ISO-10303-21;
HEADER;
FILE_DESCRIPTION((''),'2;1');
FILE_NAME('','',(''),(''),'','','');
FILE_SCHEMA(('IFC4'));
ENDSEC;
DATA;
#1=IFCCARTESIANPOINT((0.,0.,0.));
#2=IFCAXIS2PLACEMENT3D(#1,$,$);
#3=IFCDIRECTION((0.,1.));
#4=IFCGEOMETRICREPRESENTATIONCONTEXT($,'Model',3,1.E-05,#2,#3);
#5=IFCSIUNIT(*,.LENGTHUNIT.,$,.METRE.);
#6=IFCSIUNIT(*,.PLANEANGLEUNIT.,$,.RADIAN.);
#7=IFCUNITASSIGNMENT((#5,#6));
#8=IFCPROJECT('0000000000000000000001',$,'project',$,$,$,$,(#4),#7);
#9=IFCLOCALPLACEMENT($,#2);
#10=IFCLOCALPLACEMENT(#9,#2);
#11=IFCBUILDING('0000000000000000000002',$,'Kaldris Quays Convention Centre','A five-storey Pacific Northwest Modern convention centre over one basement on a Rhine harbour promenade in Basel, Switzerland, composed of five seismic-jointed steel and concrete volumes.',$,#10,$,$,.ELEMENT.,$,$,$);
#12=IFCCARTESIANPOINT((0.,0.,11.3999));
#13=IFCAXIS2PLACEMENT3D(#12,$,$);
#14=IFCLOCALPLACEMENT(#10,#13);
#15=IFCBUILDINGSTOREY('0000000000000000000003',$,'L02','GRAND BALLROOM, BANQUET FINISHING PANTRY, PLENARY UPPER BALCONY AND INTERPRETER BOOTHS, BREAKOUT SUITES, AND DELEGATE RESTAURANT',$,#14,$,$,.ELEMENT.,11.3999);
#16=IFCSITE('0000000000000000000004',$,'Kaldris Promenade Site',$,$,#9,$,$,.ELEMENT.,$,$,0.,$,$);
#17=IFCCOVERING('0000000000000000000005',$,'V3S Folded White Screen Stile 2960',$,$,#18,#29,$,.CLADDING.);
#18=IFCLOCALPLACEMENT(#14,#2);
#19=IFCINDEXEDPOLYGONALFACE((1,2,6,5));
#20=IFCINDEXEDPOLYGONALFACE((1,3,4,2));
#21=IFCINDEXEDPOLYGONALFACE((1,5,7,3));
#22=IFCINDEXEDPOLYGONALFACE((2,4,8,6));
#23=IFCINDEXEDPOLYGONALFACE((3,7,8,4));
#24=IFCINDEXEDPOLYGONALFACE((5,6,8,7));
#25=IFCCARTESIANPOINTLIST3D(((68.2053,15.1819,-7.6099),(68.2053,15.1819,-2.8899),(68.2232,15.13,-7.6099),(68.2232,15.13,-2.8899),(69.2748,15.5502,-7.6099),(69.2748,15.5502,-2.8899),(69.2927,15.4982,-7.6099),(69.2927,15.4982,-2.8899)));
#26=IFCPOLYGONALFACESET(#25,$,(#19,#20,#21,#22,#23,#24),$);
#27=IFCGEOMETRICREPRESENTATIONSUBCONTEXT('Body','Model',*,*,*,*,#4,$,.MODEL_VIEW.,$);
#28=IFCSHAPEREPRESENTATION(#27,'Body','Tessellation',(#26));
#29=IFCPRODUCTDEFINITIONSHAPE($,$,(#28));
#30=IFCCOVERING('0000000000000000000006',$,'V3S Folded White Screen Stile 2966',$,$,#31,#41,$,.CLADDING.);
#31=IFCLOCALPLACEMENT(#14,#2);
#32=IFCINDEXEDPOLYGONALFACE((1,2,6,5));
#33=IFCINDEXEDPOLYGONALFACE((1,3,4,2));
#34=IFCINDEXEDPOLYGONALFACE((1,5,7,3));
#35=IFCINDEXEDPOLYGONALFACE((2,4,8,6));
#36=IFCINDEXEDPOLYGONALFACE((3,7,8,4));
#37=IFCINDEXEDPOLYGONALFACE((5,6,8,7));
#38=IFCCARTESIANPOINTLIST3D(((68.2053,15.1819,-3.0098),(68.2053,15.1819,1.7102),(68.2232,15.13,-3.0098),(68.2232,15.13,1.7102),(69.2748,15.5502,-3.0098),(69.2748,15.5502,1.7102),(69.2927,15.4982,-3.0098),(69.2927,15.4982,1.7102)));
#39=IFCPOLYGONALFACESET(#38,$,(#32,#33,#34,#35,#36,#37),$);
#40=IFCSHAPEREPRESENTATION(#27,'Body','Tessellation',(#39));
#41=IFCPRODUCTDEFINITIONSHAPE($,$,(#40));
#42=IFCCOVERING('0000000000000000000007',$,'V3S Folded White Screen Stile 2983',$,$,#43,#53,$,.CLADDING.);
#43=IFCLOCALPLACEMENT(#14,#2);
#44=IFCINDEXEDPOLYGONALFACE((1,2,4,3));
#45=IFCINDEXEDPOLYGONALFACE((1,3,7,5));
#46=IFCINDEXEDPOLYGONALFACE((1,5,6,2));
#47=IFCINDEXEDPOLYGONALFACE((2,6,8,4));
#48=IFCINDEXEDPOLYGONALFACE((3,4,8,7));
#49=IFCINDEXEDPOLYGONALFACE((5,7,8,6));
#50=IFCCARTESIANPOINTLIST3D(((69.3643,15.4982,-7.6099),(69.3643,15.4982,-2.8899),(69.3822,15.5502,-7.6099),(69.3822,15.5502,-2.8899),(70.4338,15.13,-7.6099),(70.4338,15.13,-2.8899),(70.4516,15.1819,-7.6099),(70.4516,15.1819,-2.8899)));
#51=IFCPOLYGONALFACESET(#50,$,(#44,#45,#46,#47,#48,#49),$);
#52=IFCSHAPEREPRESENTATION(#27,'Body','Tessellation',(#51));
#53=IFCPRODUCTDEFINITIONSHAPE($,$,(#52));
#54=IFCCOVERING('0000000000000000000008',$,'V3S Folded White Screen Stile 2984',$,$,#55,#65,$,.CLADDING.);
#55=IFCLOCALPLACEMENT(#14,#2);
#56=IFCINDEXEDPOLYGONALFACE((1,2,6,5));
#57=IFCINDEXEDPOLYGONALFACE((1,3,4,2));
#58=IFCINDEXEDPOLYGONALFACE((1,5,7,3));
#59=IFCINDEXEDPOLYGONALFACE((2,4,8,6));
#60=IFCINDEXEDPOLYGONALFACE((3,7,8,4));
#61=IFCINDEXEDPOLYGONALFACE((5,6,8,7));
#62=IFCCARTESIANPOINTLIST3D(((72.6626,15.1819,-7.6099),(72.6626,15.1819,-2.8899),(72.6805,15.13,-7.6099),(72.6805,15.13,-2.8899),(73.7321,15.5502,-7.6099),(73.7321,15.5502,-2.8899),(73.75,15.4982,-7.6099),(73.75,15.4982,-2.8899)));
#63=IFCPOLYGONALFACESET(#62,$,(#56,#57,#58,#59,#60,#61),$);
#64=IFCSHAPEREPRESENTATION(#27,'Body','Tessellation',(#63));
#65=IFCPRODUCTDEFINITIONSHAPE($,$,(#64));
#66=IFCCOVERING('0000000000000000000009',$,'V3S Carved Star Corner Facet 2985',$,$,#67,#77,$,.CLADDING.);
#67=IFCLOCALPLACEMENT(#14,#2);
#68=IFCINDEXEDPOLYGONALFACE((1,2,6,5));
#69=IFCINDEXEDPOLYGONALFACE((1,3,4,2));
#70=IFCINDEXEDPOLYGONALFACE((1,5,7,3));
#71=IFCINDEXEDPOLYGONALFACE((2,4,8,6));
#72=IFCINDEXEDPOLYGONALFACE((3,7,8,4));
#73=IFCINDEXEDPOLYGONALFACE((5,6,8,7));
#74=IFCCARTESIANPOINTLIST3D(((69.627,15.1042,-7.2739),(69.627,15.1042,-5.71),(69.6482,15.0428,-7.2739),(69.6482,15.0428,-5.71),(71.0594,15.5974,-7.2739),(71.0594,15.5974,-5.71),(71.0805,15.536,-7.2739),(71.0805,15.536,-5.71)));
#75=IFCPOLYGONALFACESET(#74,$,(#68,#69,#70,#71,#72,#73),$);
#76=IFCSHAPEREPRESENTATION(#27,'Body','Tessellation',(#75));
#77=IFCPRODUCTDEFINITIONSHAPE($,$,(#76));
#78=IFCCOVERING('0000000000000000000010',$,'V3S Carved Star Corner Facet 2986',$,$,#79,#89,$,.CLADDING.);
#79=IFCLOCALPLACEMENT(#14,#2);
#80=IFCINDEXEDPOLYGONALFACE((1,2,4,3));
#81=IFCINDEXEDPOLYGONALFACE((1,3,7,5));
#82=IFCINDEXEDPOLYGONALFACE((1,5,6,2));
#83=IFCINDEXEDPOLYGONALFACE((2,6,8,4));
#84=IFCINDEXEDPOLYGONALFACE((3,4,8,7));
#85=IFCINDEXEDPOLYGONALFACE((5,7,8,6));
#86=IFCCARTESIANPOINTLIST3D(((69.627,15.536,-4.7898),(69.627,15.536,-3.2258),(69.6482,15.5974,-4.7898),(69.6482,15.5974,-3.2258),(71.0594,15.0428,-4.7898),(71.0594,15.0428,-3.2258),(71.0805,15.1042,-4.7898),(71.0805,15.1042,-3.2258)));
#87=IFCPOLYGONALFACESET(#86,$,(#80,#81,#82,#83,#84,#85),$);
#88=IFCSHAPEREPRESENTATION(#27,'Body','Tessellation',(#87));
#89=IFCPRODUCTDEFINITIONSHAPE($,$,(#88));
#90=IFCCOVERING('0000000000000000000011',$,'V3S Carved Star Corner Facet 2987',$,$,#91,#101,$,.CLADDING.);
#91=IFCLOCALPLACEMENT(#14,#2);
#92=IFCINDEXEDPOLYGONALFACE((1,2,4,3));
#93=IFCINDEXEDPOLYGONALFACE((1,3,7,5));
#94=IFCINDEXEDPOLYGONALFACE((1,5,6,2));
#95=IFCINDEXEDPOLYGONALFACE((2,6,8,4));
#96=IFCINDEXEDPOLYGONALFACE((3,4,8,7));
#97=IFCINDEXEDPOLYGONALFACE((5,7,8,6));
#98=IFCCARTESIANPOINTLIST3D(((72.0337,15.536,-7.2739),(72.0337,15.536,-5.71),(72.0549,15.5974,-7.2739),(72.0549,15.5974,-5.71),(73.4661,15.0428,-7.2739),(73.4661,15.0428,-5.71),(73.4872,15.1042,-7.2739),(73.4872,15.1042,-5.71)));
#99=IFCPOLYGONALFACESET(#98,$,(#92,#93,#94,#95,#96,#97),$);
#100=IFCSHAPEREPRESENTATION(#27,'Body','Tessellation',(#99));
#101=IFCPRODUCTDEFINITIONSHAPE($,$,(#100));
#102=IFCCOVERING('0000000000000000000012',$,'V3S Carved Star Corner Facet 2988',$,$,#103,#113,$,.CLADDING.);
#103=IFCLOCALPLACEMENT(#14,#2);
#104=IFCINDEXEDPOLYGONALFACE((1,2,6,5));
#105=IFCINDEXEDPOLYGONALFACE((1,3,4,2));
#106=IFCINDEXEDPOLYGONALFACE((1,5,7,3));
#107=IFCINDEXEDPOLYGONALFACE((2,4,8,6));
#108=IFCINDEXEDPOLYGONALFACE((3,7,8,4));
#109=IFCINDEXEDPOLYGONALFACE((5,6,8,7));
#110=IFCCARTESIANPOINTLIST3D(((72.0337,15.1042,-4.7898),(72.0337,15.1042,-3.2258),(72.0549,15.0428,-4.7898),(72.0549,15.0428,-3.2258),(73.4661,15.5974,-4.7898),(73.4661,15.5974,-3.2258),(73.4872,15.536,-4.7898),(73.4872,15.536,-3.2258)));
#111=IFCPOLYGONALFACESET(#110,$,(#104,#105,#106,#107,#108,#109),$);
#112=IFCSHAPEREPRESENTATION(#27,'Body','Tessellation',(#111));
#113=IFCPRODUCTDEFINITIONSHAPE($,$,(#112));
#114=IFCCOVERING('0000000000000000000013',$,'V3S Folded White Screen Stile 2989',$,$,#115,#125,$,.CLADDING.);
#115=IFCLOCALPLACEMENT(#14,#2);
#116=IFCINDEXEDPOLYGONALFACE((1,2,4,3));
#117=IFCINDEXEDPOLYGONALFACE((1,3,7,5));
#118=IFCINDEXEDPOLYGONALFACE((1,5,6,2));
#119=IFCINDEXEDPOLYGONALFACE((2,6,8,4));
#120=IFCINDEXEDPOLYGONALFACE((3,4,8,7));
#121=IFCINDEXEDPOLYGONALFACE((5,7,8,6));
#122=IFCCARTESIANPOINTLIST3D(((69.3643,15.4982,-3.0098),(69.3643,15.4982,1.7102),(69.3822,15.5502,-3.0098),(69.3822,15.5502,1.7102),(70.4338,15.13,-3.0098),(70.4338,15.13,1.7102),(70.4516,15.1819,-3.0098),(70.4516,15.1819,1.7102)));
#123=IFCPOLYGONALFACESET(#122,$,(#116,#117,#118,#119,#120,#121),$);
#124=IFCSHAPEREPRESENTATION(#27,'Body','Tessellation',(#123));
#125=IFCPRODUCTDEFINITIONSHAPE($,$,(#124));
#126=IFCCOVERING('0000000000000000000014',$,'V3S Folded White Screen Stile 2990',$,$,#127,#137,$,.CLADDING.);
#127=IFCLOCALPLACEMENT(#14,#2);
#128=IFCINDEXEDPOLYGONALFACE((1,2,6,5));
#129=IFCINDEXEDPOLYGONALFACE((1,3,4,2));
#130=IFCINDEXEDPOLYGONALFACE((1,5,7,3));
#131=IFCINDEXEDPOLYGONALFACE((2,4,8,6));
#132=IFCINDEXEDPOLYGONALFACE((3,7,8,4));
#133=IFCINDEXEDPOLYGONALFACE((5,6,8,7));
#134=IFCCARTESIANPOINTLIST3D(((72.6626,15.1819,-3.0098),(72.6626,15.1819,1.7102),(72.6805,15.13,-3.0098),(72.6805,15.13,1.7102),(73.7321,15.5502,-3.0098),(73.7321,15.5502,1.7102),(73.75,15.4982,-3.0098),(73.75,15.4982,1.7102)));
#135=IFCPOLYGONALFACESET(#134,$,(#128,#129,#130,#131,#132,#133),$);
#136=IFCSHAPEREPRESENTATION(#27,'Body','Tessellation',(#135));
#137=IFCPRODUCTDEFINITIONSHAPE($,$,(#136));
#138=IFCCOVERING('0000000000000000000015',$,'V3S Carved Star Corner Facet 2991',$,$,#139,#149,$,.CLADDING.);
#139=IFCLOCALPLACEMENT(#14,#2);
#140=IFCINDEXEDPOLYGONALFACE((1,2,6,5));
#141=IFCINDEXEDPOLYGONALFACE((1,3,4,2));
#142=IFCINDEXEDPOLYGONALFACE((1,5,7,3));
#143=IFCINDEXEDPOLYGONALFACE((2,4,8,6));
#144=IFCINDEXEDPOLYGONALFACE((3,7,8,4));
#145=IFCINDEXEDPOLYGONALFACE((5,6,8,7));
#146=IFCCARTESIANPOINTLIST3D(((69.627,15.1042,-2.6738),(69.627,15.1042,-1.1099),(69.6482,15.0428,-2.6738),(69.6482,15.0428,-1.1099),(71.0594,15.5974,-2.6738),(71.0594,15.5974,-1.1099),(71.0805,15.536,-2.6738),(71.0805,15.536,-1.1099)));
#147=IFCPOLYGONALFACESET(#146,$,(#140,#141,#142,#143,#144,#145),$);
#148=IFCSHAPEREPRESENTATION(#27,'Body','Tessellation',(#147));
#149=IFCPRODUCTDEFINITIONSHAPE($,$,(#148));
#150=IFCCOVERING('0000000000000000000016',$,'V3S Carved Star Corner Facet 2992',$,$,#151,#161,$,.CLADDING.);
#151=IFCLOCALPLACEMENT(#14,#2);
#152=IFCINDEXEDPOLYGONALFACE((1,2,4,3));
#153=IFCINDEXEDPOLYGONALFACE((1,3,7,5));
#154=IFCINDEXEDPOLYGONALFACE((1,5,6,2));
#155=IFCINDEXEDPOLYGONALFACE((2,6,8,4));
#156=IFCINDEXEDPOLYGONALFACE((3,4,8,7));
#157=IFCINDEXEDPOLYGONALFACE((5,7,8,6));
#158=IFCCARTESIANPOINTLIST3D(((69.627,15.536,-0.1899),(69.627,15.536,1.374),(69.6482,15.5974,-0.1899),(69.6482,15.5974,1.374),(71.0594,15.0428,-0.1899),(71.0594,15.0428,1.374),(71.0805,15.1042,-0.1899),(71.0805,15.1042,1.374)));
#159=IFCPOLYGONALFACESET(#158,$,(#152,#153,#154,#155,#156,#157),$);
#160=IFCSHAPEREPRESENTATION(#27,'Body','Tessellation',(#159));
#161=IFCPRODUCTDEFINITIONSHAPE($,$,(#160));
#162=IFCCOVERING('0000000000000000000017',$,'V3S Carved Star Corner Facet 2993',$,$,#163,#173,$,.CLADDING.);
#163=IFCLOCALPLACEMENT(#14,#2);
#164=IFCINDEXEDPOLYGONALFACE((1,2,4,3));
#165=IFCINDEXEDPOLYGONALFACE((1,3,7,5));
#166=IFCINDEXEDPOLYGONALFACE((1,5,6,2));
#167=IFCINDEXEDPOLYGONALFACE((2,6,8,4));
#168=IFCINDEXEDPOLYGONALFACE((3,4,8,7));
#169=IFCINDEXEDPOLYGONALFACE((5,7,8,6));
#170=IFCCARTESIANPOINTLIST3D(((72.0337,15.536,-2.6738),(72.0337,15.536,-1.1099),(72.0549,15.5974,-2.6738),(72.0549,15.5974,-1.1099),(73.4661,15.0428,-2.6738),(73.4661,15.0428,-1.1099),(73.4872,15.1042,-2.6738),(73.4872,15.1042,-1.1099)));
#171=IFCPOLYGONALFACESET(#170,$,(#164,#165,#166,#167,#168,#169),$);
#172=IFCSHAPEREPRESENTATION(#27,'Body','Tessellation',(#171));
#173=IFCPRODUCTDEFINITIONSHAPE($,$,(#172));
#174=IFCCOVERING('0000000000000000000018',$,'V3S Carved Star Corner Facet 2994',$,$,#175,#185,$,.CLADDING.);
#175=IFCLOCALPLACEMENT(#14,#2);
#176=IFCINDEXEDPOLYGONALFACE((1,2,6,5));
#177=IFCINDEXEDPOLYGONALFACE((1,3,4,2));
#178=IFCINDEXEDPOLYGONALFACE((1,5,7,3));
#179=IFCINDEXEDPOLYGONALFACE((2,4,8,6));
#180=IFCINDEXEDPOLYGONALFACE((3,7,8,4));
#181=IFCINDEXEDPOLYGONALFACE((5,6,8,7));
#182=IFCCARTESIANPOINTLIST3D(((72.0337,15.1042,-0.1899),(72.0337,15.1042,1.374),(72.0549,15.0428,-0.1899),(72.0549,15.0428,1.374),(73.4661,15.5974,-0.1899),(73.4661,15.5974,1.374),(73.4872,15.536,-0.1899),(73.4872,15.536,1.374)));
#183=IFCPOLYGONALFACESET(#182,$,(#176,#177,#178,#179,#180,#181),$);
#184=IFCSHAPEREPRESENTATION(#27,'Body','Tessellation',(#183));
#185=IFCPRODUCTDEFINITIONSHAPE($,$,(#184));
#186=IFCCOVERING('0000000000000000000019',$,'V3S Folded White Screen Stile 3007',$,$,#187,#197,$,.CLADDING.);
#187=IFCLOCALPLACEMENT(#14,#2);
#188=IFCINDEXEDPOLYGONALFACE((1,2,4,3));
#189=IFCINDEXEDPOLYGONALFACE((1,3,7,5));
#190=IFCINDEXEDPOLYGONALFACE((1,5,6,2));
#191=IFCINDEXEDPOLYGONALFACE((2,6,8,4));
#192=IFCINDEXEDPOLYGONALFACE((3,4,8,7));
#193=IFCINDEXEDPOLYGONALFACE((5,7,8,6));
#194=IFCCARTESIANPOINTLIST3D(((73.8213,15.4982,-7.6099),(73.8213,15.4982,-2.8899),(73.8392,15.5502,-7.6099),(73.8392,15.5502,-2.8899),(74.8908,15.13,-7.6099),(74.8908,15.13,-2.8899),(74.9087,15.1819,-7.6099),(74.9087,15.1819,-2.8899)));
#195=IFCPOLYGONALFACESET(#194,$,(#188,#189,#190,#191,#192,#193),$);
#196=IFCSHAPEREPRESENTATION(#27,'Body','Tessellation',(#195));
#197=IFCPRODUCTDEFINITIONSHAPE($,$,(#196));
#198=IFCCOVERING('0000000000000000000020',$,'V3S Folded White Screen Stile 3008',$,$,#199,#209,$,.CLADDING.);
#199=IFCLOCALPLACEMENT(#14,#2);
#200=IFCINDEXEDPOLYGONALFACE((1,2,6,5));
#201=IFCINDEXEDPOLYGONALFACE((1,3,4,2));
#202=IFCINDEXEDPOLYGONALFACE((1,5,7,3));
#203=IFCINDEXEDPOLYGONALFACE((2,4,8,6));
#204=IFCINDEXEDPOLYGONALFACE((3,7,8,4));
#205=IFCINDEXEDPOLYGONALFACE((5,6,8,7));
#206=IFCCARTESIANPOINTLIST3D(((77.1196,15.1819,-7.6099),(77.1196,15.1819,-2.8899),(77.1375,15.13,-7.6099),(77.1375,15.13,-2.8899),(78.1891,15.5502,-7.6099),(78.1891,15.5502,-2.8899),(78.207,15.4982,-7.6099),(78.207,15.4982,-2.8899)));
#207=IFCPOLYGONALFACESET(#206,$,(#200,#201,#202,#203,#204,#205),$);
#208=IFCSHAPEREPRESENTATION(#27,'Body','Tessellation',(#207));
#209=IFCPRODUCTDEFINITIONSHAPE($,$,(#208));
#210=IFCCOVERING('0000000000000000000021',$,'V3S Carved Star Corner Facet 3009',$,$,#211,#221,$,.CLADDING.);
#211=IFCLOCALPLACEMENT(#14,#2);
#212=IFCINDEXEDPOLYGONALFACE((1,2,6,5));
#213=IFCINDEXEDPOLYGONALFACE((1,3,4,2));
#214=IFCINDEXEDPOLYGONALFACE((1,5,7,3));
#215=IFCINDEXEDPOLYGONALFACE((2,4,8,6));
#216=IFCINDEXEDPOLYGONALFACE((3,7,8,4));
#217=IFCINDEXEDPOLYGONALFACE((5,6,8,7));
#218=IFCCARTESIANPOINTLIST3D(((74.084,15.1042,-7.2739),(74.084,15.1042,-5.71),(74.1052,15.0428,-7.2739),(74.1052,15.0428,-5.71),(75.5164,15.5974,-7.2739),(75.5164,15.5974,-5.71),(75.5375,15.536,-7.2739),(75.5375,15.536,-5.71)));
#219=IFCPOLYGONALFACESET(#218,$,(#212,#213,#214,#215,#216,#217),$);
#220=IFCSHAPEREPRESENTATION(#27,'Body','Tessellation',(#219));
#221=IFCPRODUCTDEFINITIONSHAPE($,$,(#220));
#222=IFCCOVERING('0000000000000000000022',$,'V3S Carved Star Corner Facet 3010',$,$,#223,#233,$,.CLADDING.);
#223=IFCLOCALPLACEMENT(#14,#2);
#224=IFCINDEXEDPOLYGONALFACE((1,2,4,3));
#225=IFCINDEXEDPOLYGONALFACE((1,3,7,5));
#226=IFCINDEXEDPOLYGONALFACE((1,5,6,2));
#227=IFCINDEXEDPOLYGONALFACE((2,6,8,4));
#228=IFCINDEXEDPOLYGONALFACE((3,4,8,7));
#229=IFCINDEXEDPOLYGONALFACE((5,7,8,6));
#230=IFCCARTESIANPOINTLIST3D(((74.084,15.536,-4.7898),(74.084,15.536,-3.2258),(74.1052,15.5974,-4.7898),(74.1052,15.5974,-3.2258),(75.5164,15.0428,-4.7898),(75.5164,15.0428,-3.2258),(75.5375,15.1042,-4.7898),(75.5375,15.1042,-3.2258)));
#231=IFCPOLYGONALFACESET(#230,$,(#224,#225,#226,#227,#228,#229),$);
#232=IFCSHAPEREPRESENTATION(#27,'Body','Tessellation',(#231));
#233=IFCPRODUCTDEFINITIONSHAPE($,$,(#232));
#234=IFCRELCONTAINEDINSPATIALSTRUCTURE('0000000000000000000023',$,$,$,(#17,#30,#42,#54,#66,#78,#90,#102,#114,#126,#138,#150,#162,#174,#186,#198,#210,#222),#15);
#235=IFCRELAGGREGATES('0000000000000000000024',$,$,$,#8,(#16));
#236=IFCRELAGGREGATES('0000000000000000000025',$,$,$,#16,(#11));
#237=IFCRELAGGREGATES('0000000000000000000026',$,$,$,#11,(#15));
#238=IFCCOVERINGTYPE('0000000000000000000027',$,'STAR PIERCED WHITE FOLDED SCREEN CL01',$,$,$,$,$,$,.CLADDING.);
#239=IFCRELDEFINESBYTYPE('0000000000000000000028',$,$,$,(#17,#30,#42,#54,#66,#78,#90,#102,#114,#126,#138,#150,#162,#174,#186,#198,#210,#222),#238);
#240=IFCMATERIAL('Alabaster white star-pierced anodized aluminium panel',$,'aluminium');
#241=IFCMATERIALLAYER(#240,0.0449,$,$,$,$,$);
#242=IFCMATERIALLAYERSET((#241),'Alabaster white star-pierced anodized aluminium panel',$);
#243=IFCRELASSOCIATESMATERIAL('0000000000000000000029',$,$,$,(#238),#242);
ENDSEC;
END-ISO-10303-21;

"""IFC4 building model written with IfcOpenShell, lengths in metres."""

from ifc_helpers import new_model, si_unit, direction, frame, origin, origin_2d, place, context, subcontext, project, spatial, rectangle, extrude, material, layer, layer_set, type_object, element, save


model = new_model("IFC4")

# Units and contexts
model_context = context("Model", 3, precision=1e-05, world=origin(), true_north=direction((0.0, 1.0)))
body_context = subcontext(model_context, "Body", "Model", "MODEL_VIEW")
ifc_project = project(units=[si_unit("LENGTHUNIT", "METRE"), si_unit("PLANEANGLEUNIT", "RADIAN")], contexts=[model_context])

# Site, building, storey
site_placement = place(None, origin())
site = spatial("IfcSite", under=ifc_project, at=site_placement, Name="Kaldris Promenade Site", CompositionType="ELEMENT", RefElevation=0.0)
building_placement = place(site_placement, origin())
building = spatial("IfcBuilding", under=site, at=building_placement, Name="Kaldris Quays Convention Centre", Description="A five-storey Pacific Northwest Modern convention centre over one basement on a Rhine harbour promenade in Basel, Switzerland, composed of five seismic-jointed steel and concrete volumes.", CompositionType="ELEMENT")
storey_placement = place(building_placement, frame((0.0, 0.0, 11.3999)))
storey = spatial("IfcBuildingStorey", under=building, at=storey_placement, Name="L02", Description="GRAND BALLROOM, BANQUET FINISHING PANTRY, PLENARY UPPER BALCONY AND INTERPRETER BOOTHS, BREAKOUT SUITES, AND DELEGATE RESTAURANT", CompositionType="ELEMENT", Elevation=11.3999)

# Coverings
ifc_material = material(Name="Alabaster white star-pierced anodized aluminium panel", Category="aluminium")
ifc_layer = layer(ifc_material, 0.0449)
ifc_layer_set = layer_set([ifc_layer], Name="Alabaster white star-pierced anodized aluminium panel")
covering_type = type_object("IfcCoveringType", Name="STAR PIERCED WHITE FOLDED SCREEN CL01", PredefinedType="CLADDING", material=ifc_layer_set)
for number, where, z_axis, x_axis, name in (
    (1, (68.749, 15.3401, -7.6099), (0.0, 0.0, 1.0), (0.945519, 0.325568, 0.0), "V3S Folded White Screen Stile 2960"),
    (2, (68.749, 15.3401, -3.0098), (0.0, 0.0, 1.0), (0.945519, 0.325568, 0.0), "V3S Folded White Screen Stile 2966"),
    (3, (69.908, 15.3401, -7.6099), (0.0, 0.0, 1.0), (0.945519, -0.325568, 0.0), "V3S Folded White Screen Stile 2983"),
    (4, (73.2063, 15.3401, -7.6099), (0.0, 0.0, 1.0), (0.945519, 0.325568, 0.0), "V3S Folded White Screen Stile 2984"),
):
    element("IfcCovering", number, at=place(storey_placement, frame(where, z_axis=z_axis, x_axis=x_axis)), inside=storey, type_object=covering_type, Name=name, PredefinedType="CLADDING", context=body_context, shape_type="SweptSolid", body=[
        extrude(rectangle(XDim=1.1311, YDim=0.0549, at=origin_2d()), origin(), (0.0, 0.0, 1.0), 4.72),
    ])
for number, where, z_axis, x_axis, name in (
    (5, (70.3538, 15.3201, -7.2739), (0.0, 0.0, 1.0), (0.945519, 0.325568, 0.0), "V3S Carved Star Corner Facet 2985"),
    (6, (70.3538, 15.3201, -4.7898), (0.0, 0.0, 1.0), (0.945519, -0.325568, 0.0), "V3S Carved Star Corner Facet 2986"),
    (7, (72.7605, 15.3201, -7.2739), (0.0, 0.0, 1.0), (0.945519, -0.325568, 0.0), "V3S Carved Star Corner Facet 2987"),
    (8, (72.7605, 15.3201, -4.7898), (0.0, 0.0, 1.0), (0.945519, 0.325568, 0.0), "V3S Carved Star Corner Facet 2988"),
):
    element("IfcCovering", number, at=place(storey_placement, frame(where, z_axis=z_axis, x_axis=x_axis)), inside=storey, type_object=covering_type, Name=name, PredefinedType="CLADDING", context=body_context, shape_type="SweptSolid", body=[
        extrude(rectangle(XDim=1.5149, YDim=0.0649, at=origin_2d()), origin(), (0.0, 0.0, 1.0), 1.564),
    ])
for number, where, z_axis, x_axis, name in (
    (9, (69.908, 15.3401, -3.0098), (0.0, 0.0, 1.0), (0.945519, -0.325568, 0.0), "V3S Folded White Screen Stile 2989"),
    (10, (73.2063, 15.3401, -3.0098), (0.0, 0.0, 1.0), (0.945519, 0.325568, 0.0), "V3S Folded White Screen Stile 2990"),
):
    element("IfcCovering", number, at=place(storey_placement, frame(where, z_axis=z_axis, x_axis=x_axis)), inside=storey, type_object=covering_type, Name=name, PredefinedType="CLADDING", context=body_context, shape_type="SweptSolid", body=[
        extrude(rectangle(XDim=1.1311, YDim=0.0549, at=origin_2d()), origin(), (0.0, 0.0, 1.0), 4.72),
    ])
for number, where, z_axis, x_axis, name in (
    (11, (70.3538, 15.3201, -2.6738), (0.0, 0.0, 1.0), (0.945519, 0.325568, 0.0), "V3S Carved Star Corner Facet 2991"),
    (12, (70.3538, 15.3201, -0.1899), (0.0, 0.0, 1.0), (0.945519, -0.325568, 0.0), "V3S Carved Star Corner Facet 2992"),
    (13, (72.7605, 15.3201, -2.6738), (0.0, 0.0, 1.0), (0.945519, -0.325568, 0.0), "V3S Carved Star Corner Facet 2993"),
    (14, (72.7605, 15.3201, -0.1899), (0.0, 0.0, 1.0), (0.945519, 0.325568, 0.0), "V3S Carved Star Corner Facet 2994"),
):
    element("IfcCovering", number, at=place(storey_placement, frame(where, z_axis=z_axis, x_axis=x_axis)), inside=storey, type_object=covering_type, Name=name, PredefinedType="CLADDING", context=body_context, shape_type="SweptSolid", body=[
        extrude(rectangle(XDim=1.5149, YDim=0.0649, at=origin_2d()), origin(), (0.0, 0.0, 1.0), 1.564),
    ])
for number, where, z_axis, x_axis, name in (
    (15, (74.365, 15.3401, -7.6099), (0.0, 0.0, 1.0), (0.945519, -0.325568, 0.0), "V3S Folded White Screen Stile 3007"),
    (16, (77.6633, 15.3401, -7.6099), (0.0, 0.0, 1.0), (0.945519, 0.325568, 0.0), "V3S Folded White Screen Stile 3008"),
):
    element("IfcCovering", number, at=place(storey_placement, frame(where, z_axis=z_axis, x_axis=x_axis)), inside=storey, type_object=covering_type, Name=name, PredefinedType="CLADDING", context=body_context, shape_type="SweptSolid", body=[
        extrude(rectangle(XDim=1.1311, YDim=0.0549, at=origin_2d()), origin(), (0.0, 0.0, 1.0), 4.72),
    ])
for number, where, z_axis, x_axis, name in (
    (17, (74.8108, 15.3201, -7.2739), (0.0, 0.0, 1.0), (0.945519, 0.325568, 0.0), "V3S Carved Star Corner Facet 3009"),
    (18, (74.8108, 15.3201, -4.7898), (0.0, 0.0, 1.0), (0.945519, -0.325568, 0.0), "V3S Carved Star Corner Facet 3010"),
):
    element("IfcCovering", number, at=place(storey_placement, frame(where, z_axis=z_axis, x_axis=x_axis)), inside=storey, type_object=covering_type, Name=name, PredefinedType="CLADDING", context=body_context, shape_type="SweptSolid", body=[
        extrude(rectangle(XDim=1.5149, YDim=0.0649, at=origin_2d()), origin(), (0.0, 0.0, 1.0), 1.564),
    ])

save(model, "model.ifc")
